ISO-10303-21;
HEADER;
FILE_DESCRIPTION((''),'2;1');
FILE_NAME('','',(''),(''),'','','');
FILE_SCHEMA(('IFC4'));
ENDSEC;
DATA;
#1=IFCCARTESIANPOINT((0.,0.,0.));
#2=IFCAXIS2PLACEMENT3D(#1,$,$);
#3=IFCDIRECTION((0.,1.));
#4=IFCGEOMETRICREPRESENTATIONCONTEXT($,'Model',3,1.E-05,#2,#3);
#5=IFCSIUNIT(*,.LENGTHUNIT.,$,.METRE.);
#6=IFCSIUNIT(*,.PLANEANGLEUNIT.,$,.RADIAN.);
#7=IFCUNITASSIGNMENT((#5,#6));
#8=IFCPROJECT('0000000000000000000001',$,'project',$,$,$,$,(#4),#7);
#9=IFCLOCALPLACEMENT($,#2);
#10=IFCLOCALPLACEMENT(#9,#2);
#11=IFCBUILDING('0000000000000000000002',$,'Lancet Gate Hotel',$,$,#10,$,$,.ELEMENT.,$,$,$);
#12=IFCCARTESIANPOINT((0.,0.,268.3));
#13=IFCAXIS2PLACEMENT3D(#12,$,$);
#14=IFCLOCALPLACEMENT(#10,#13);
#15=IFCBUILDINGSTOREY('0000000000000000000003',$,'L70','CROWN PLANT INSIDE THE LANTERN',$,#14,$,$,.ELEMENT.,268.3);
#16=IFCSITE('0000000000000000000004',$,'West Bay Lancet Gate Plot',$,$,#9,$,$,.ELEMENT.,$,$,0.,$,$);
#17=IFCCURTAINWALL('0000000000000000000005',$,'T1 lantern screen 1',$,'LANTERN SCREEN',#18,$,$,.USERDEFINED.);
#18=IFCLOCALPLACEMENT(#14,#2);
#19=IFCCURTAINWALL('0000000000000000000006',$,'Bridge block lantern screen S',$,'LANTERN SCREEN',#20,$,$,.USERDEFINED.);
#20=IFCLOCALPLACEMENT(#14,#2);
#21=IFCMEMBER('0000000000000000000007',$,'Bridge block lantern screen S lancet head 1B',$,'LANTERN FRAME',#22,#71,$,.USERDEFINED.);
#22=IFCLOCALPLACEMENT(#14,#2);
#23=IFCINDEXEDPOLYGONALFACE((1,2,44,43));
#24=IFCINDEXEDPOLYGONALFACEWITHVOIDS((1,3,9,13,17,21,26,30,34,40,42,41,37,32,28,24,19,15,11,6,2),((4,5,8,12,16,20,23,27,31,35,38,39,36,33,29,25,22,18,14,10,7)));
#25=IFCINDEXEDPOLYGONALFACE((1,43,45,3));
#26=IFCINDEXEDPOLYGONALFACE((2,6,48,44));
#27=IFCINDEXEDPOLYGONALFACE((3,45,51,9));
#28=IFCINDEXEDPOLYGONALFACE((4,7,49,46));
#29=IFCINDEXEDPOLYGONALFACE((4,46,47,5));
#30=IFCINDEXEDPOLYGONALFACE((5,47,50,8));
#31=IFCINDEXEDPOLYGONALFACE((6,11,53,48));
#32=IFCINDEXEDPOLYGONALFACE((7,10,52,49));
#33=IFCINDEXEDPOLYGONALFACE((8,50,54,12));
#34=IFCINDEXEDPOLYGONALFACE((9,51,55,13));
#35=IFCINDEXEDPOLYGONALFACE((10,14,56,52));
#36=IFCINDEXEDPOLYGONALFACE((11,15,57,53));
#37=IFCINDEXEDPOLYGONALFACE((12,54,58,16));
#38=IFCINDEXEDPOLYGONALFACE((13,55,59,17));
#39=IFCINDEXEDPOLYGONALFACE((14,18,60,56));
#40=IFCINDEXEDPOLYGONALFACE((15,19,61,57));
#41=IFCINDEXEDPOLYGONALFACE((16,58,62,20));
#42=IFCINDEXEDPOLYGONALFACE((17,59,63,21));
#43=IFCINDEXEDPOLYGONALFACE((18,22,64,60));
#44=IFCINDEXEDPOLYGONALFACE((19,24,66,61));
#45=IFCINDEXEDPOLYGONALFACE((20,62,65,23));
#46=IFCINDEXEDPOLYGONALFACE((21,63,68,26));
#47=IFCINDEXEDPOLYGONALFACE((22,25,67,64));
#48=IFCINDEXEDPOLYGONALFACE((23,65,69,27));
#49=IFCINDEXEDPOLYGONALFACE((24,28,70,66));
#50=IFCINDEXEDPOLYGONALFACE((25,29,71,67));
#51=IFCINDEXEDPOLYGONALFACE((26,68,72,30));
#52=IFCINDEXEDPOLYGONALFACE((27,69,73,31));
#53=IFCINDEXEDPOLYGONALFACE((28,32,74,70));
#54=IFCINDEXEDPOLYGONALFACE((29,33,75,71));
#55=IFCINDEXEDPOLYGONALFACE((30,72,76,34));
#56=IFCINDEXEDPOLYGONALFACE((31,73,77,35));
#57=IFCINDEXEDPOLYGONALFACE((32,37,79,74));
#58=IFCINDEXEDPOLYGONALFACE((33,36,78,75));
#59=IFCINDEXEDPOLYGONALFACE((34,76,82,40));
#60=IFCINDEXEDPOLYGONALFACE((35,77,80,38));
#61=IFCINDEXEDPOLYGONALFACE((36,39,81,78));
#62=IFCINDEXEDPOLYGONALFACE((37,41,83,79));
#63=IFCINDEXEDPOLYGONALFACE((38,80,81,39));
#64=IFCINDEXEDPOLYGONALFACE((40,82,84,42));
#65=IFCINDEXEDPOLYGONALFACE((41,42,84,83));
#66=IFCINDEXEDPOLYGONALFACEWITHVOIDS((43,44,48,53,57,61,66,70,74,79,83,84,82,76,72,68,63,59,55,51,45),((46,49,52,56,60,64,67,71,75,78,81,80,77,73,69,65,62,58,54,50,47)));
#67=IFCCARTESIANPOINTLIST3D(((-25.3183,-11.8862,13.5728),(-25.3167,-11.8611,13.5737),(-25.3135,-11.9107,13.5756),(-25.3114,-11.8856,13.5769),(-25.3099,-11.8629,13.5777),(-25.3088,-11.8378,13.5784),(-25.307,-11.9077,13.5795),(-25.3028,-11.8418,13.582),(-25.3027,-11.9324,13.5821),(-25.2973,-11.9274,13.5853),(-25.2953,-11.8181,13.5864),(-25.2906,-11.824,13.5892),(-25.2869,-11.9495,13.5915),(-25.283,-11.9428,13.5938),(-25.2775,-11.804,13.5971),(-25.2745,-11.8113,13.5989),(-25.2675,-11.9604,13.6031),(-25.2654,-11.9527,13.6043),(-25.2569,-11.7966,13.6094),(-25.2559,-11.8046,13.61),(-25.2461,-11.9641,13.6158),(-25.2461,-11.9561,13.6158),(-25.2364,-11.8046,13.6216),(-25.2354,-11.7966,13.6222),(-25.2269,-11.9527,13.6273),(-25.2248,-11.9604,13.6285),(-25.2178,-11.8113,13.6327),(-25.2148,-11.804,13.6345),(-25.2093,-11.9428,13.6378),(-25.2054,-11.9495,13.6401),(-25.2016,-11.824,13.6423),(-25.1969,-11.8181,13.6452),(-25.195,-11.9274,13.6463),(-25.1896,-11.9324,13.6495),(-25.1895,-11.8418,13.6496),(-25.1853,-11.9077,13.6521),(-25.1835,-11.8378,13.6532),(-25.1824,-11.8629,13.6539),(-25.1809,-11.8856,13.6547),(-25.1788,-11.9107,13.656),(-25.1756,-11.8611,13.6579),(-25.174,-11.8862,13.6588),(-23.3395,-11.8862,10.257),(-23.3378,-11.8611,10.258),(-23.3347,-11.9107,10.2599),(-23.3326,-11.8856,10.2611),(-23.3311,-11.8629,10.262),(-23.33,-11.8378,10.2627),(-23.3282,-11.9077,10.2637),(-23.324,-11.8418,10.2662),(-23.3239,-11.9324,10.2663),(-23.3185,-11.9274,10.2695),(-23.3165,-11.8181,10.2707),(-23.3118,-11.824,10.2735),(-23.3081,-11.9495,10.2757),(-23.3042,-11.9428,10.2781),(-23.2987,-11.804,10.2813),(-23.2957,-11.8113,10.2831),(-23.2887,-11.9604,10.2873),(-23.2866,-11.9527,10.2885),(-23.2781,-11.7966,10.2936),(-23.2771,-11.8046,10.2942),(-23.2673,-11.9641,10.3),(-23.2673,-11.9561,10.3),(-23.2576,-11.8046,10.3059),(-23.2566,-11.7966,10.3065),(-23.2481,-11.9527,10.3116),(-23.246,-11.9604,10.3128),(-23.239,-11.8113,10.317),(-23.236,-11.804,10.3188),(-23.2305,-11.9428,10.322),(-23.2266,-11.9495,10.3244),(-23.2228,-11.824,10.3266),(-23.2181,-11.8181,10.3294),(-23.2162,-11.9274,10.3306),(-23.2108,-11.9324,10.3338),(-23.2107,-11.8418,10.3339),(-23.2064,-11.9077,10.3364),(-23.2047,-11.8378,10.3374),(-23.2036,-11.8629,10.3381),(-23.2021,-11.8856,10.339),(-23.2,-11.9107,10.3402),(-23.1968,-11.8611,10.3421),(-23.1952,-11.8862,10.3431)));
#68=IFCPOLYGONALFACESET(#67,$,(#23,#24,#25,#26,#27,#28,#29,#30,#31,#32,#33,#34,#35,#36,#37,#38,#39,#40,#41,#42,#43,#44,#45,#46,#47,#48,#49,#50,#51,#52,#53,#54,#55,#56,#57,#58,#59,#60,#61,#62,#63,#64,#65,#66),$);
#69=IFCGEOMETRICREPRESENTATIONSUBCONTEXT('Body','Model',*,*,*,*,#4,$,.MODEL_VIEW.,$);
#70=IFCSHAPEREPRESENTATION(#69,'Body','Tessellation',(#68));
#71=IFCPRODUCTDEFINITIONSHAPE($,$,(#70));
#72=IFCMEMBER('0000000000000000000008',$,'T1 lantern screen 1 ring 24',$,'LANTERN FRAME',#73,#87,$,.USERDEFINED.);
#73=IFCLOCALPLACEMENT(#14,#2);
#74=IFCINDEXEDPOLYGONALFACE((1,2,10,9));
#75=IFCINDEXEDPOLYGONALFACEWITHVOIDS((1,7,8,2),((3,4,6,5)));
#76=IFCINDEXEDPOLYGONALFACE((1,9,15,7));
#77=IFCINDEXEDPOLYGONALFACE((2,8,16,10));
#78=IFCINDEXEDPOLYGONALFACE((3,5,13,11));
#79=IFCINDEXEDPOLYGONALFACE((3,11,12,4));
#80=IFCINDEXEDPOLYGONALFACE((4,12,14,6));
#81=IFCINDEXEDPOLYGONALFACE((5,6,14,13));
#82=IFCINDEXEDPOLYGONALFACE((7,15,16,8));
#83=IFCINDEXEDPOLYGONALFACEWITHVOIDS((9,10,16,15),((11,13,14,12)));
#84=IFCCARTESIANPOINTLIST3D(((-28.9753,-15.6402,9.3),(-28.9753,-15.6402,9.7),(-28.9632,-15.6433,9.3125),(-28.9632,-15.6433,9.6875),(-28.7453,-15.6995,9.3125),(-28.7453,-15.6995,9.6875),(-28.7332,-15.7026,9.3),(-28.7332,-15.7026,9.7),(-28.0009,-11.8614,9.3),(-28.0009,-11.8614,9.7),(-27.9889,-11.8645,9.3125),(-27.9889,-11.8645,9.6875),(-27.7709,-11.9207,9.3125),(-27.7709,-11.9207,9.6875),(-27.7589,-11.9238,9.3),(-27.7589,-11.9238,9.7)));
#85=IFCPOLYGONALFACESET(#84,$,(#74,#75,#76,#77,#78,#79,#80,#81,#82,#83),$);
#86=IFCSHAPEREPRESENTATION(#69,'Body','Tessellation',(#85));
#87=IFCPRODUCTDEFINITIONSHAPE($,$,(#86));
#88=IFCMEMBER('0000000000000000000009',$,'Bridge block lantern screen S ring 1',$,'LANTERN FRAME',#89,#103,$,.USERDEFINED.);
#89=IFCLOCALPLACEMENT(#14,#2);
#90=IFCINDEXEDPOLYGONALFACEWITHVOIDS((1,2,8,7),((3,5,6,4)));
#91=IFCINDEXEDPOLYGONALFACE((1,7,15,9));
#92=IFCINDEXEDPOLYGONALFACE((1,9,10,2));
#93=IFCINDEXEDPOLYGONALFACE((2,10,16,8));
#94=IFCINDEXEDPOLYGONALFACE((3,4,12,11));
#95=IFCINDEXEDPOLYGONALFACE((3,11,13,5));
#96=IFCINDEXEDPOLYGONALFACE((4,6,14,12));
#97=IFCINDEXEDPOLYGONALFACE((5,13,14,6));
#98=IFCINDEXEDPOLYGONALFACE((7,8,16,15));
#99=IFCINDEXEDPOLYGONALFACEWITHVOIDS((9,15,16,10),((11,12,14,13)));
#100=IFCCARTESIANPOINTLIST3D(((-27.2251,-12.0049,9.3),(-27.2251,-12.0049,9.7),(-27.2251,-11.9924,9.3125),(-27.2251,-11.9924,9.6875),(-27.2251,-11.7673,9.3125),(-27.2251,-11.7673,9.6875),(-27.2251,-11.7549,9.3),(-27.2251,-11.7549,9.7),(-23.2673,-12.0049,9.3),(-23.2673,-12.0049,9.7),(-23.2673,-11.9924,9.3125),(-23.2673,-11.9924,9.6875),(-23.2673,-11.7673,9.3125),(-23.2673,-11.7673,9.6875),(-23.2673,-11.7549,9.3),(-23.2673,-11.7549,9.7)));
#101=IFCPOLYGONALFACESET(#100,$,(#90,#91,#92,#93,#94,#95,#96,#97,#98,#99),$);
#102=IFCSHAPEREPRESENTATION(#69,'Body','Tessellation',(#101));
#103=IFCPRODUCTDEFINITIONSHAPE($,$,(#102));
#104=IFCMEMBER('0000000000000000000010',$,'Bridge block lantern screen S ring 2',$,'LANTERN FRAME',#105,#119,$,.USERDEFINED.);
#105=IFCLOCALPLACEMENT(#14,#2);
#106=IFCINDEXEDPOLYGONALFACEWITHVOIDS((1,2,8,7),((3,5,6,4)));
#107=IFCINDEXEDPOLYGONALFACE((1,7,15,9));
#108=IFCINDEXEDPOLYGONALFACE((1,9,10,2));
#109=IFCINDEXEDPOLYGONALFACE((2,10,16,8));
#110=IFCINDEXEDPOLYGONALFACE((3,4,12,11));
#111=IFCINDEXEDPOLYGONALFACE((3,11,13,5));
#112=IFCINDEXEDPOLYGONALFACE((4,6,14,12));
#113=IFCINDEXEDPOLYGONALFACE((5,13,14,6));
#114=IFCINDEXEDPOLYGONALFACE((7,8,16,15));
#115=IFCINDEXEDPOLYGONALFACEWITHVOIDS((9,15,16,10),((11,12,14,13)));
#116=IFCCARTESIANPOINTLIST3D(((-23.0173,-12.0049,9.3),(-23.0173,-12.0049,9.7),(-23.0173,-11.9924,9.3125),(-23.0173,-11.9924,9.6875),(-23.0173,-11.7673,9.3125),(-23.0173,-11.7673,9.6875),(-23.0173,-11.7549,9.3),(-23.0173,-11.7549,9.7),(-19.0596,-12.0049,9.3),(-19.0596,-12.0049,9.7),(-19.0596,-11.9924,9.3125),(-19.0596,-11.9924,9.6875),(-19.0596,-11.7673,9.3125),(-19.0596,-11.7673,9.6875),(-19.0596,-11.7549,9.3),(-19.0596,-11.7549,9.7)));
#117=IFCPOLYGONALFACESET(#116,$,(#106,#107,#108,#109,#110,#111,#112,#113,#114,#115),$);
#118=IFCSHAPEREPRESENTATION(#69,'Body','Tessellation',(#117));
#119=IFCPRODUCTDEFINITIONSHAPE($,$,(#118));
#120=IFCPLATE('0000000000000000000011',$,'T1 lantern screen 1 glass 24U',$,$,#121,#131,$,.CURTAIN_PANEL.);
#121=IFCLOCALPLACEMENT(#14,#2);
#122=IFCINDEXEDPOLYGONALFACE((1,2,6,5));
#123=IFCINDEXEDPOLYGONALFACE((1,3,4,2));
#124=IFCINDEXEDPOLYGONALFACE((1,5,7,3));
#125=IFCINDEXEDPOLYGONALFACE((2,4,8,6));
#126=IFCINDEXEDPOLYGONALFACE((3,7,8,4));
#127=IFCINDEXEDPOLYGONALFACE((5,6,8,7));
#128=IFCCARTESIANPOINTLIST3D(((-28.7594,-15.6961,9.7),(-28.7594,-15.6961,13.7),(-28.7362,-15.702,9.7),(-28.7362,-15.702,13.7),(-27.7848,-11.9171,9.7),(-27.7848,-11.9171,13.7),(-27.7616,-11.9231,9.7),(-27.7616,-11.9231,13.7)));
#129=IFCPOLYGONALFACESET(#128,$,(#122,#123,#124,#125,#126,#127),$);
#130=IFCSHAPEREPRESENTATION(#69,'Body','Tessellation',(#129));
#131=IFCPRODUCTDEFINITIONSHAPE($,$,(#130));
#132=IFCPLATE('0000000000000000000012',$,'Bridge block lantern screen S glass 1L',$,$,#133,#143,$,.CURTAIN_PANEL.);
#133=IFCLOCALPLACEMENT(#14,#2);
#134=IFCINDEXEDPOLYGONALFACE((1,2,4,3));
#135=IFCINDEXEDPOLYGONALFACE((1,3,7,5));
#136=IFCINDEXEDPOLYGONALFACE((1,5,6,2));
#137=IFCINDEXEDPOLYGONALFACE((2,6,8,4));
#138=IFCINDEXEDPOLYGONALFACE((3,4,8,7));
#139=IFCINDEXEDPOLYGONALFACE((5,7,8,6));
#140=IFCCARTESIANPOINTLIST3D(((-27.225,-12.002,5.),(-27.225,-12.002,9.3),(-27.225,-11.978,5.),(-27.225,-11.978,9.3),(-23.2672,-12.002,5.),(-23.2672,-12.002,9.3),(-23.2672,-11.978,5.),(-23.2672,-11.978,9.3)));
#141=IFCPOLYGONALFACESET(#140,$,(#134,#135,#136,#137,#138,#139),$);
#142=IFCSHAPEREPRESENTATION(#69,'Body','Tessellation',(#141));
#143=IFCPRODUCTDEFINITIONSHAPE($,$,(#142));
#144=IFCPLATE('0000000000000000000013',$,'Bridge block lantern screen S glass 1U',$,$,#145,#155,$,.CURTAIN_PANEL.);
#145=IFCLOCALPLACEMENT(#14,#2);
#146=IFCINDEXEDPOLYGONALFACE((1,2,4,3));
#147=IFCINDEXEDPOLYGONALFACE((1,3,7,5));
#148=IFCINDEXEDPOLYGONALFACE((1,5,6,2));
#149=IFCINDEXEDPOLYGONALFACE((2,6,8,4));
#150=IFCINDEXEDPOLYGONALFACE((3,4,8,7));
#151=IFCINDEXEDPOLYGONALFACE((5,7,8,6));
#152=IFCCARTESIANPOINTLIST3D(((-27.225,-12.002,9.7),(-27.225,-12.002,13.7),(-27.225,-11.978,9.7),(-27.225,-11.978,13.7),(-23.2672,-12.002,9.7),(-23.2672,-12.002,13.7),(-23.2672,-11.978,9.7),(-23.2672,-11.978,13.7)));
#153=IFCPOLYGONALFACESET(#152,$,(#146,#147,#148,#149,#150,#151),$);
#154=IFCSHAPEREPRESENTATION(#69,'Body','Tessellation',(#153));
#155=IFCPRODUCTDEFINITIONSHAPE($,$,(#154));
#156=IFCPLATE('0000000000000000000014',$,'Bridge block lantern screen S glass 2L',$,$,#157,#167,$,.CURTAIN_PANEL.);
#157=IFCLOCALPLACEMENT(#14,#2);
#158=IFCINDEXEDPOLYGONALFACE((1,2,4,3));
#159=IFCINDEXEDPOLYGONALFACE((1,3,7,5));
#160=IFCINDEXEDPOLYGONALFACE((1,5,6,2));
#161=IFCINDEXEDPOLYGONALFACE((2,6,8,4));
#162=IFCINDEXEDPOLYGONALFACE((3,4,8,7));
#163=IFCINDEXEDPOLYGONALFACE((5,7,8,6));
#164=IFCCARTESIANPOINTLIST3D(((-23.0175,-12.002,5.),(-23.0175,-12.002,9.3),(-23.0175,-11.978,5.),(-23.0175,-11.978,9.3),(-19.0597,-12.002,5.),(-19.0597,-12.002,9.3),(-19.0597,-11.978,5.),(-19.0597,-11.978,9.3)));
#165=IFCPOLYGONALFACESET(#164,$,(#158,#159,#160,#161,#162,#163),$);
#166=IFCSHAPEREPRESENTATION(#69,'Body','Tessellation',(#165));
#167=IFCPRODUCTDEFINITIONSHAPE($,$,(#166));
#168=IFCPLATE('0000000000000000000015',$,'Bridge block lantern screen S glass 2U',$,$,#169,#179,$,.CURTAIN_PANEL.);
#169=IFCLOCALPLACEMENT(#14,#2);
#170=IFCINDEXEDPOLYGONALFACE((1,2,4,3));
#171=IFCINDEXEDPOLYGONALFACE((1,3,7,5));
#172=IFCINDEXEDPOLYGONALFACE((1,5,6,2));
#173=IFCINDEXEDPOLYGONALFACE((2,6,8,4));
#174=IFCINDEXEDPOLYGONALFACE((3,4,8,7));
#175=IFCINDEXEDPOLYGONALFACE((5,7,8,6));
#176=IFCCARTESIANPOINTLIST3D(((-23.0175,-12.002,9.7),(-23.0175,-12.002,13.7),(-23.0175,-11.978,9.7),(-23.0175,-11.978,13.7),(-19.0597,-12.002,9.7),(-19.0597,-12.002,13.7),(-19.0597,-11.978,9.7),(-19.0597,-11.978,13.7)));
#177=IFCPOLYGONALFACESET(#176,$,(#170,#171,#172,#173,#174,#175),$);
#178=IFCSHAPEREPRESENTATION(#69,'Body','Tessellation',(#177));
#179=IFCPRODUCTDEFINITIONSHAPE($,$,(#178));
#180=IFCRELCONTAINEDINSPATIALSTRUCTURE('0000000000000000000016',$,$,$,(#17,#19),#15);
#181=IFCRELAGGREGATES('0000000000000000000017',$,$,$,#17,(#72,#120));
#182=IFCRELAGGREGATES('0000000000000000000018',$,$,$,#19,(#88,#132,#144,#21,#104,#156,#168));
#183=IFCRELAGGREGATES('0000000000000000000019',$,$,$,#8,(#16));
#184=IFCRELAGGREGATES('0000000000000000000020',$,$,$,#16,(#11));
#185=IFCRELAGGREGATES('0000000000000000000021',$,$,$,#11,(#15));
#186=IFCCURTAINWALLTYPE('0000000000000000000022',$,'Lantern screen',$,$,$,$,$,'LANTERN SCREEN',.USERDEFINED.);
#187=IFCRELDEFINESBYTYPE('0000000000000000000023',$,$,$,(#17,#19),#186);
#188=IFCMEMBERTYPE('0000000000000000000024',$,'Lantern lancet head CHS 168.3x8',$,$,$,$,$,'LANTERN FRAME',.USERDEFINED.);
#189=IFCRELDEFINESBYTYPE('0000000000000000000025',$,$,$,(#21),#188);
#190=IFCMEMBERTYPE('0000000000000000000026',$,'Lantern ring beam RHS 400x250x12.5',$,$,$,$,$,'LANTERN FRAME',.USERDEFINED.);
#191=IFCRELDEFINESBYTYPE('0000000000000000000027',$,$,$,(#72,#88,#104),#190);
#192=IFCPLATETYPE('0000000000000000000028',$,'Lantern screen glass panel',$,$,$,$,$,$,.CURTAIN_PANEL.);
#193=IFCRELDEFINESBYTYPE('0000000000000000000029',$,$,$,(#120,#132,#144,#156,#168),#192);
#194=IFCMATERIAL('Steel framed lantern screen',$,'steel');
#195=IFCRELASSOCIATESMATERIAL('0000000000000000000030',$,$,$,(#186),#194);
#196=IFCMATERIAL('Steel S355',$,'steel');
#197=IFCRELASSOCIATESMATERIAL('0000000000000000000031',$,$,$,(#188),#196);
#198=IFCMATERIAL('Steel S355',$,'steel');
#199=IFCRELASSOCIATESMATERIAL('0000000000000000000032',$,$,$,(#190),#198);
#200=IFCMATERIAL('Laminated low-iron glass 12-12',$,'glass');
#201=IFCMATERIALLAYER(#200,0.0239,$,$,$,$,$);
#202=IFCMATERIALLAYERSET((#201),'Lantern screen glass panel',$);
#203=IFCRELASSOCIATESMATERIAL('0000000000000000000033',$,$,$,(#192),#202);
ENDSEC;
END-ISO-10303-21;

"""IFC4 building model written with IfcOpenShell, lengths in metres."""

from ifc_helpers import new_model, si_unit, direction, frame, origin, origin_2d, place, context, subcontext, project, spatial, rectangle, hollow_rectangle, hollow_circle, extrude, material, layer, layer_set, material_profile, profile_set, type_object, element, aggregate, save


model = new_model("IFC4")

# Units and contexts
model_context = context("Model", 3, precision=1e-05, world=origin(), true_north=direction((0.0, 1.0)))
body_context = subcontext(model_context, "Body", "Model", "MODEL_VIEW")
ifc_project = project(units=[si_unit("LENGTHUNIT", "METRE"), si_unit("PLANEANGLEUNIT", "RADIAN")], contexts=[model_context])

# Site, building, storey
site_placement = place(None, origin())
site = spatial("IfcSite", under=ifc_project, at=site_placement, Name="West Bay Lancet Gate Plot", CompositionType="ELEMENT", RefElevation=0.0)
building_placement = place(site_placement, origin())
building = spatial("IfcBuilding", under=site, at=building_placement, Name="Lancet Gate Hotel", CompositionType="ELEMENT")
storey_placement = place(building_placement, frame((0.0, 0.0, 268.3)))
storey = spatial("IfcBuildingStorey", under=building, at=storey_placement, Name="L70", Description="CROWN PLANT INSIDE THE LANTERN", CompositionType="ELEMENT", Elevation=268.3)

# Curtain wall
ifc_material_1 = material(Name="Steel framed lantern screen", Category="steel")
curtain_wall_type = type_object("IfcCurtainWallType", Name="Lantern screen", ElementType="LANTERN SCREEN", PredefinedType="USERDEFINED", material=ifc_material_1)
curtain_wall_1_placement = place(storey_placement, origin())
curtain_wall_1 = element("IfcCurtainWall", 1, at=curtain_wall_1_placement, inside=storey, type_object=curtain_wall_type, Name="T1 lantern screen 1", ObjectType="LANTERN SCREEN", PredefinedType="USERDEFINED")

# Curtain wall
curtain_wall_2_placement = place(storey_placement, origin())
curtain_wall_2 = element("IfcCurtainWall", 2, at=curtain_wall_2_placement, inside=storey, type_object=curtain_wall_type, Name="Bridge block lantern screen S", ObjectType="LANTERN SCREEN", PredefinedType="USERDEFINED")

# Members
ifc_material_2 = material(Name="Steel S355", Category="steel")
ifc_material_profile_1 = material_profile(ifc_material_2, hollow_circle(Radius=0.0842, WallThickness=0.0081, at=origin_2d()), Name="CHS 168.3x8.0")
ifc_profile_set_1 = profile_set([ifc_material_profile_1], Name="Steel S355")
member_type_1 = type_object("IfcMemberType", Name="Lantern lancet head CHS 168.3x8", ElementType="LANTERN FRAME", PredefinedType="USERDEFINED", material=ifc_profile_set_1)
member_1_placement = place(storey_placement, frame((-23.2673, -11.8799, 10.3), z_axis=(-0.512467, 0.0, 0.858707), x_axis=(0.0, -1.0, 0.0)))
member_1 = element("IfcMember", 3, at=member_1_placement, type_object=member_type_1, Name="Bridge block lantern screen S lancet head 1B", ObjectType="LANTERN FRAME", PredefinedType="USERDEFINED", context=body_context, shape_type="SweptSolid", body=[
    extrude(hollow_circle(Radius=0.0842, WallThickness=0.0081, at=origin_2d()), origin(), (0.0, 0.0, 1.0), 3.8613),
])
ifc_material_3 = material(Name="Steel S355", Category="steel")
ifc_material_profile_2 = material_profile(ifc_material_3, hollow_rectangle(XDim=0.25, YDim=0.3999, WallThickness=0.0125, at=origin_2d()), Name="RHS 400x250x12.5")
ifc_profile_set_2 = profile_set([ifc_material_profile_2], Name="Steel S355")
member_type_2 = type_object("IfcMemberType", Name="Lantern ring beam RHS 400x250x12.5", ElementType="LANTERN FRAME", PredefinedType="USERDEFINED", material=ifc_profile_set_2)
member_2_placement = place(storey_placement, frame((-28.8542, -15.6714, 9.5), z_axis=(0.249683, 0.968328, 0.0), x_axis=(-0.968328, 0.249683, 0.0)))
member_2 = element("IfcMember", 4, at=member_2_placement, type_object=member_type_2, Name="T1 lantern screen 1 ring 24", ObjectType="LANTERN FRAME", PredefinedType="USERDEFINED", context=body_context, shape_type="SweptSolid", body=[
    extrude(hollow_rectangle(XDim=0.25, YDim=0.3999, WallThickness=0.0125, at=origin_2d()), origin(), (0.0, 0.0, 1.0), 3.9023),
])
member_3_placement = place(storey_placement, frame((-27.2251, -11.8799, 9.5), z_axis=(1.0, 0.0, 0.0), x_axis=(0.0, 1.0, 0.0)))
member_3 = element("IfcMember", 5, at=member_3_placement, type_object=member_type_2, Name="Bridge block lantern screen S ring 1", ObjectType="LANTERN FRAME", PredefinedType="USERDEFINED", context=body_context, shape_type="SweptSolid", body=[
    extrude(hollow_rectangle(XDim=0.25, YDim=0.3999, WallThickness=0.0125, at=origin_2d()), origin(), (0.0, 0.0, 1.0), 3.9578),
])
member_4_placement = place(storey_placement, frame((-23.0173, -11.8799, 9.5), z_axis=(1.0, 0.0, 0.0), x_axis=(0.0, 1.0, 0.0)))
member_4 = element("IfcMember", 6, at=member_4_placement, type_object=member_type_2, Name="Bridge block lantern screen S ring 2", ObjectType="LANTERN FRAME", PredefinedType="USERDEFINED", context=body_context, shape_type="SweptSolid", body=[
    extrude(hollow_rectangle(XDim=0.25, YDim=0.3999, WallThickness=0.0125, at=origin_2d()), origin(), (0.0, 0.0, 1.0), 3.9578),
])

# Plates
ifc_material_4 = material(Name="Laminated low-iron glass 12-12", Category="glass")
ifc_layer = layer(ifc_material_4, 0.0239)
ifc_layer_set = layer_set([ifc_layer], Name="Lantern screen glass panel")
plate_type = type_object("IfcPlateType", Name="Lantern screen glass panel", PredefinedType="CURTAIN_PANEL", material=ifc_layer_set)
plate_1_placement = place(storey_placement, frame((-28.2605, -13.8096, 9.7), z_axis=(0.0, 0.0, 1.0), x_axis=(0.249726, 0.968317, 0.0)))
plate_1 = element("IfcPlate", 7, at=plate_1_placement, type_object=plate_type, Name="T1 lantern screen 1 glass 24U", PredefinedType="CURTAIN_PANEL", context=body_context, shape_type="SweptSolid", body=[
    extrude(rectangle(XDim=3.9026, YDim=0.0239, at=origin_2d()), origin(), (0.0, 0.0, 1.0), 4.0),
])
aggregate(curtain_wall_1, [member_2, plate_1])
plate_2_placement = place(storey_placement, frame((-25.2461, -11.99, 5.0), z_axis=(0.0, 0.0, 1.0), x_axis=(1.0, 0.0, 0.0)))
plate_2 = element("IfcPlate", 8, at=plate_2_placement, type_object=plate_type, Name="Bridge block lantern screen S glass 1L", PredefinedType="CURTAIN_PANEL", context=body_context, shape_type="SweptSolid", body=[
    extrude(rectangle(XDim=3.9578, YDim=0.0239, at=origin_2d()), origin(), (0.0, 0.0, 1.0), 4.3),
])
plate_3_placement = place(storey_placement, frame((-25.2461, -11.99, 9.7), z_axis=(0.0, 0.0, 1.0), x_axis=(1.0, 0.0, 0.0)))
plate_3 = element("IfcPlate", 9, at=plate_3_placement, type_object=plate_type, Name="Bridge block lantern screen S glass 1U", PredefinedType="CURTAIN_PANEL", context=body_context, shape_type="SweptSolid", body=[
    extrude(rectangle(XDim=3.9578, YDim=0.0239, at=origin_2d()), origin(), (0.0, 0.0, 1.0), 4.0),
])
plate_4_placement = place(storey_placement, frame((-21.0386, -11.99, 5.0), z_axis=(0.0, 0.0, 1.0), x_axis=(1.0, 0.0, 0.0)))
plate_4 = element("IfcPlate", 10, at=plate_4_placement, type_object=plate_type, Name="Bridge block lantern screen S glass 2L", PredefinedType="CURTAIN_PANEL", context=body_context, shape_type="SweptSolid", body=[
    extrude(rectangle(XDim=3.9578, YDim=0.0239, at=origin_2d()), origin(), (0.0, 0.0, 1.0), 4.3),
])
plate_5_placement = place(storey_placement, frame((-21.0386, -11.99, 9.7), z_axis=(0.0, 0.0, 1.0), x_axis=(1.0, 0.0, 0.0)))
plate_5 = element("IfcPlate", 11, at=plate_5_placement, type_object=plate_type, Name="Bridge block lantern screen S glass 2U", PredefinedType="CURTAIN_PANEL", context=body_context, shape_type="SweptSolid", body=[
    extrude(rectangle(XDim=3.9578, YDim=0.0239, at=origin_2d()), origin(), (0.0, 0.0, 1.0), 4.0),
])
aggregate(curtain_wall_2, [member_3, plate_2, plate_3, member_1, member_4, plate_4, plate_5])

save(model, "model.ifc")
